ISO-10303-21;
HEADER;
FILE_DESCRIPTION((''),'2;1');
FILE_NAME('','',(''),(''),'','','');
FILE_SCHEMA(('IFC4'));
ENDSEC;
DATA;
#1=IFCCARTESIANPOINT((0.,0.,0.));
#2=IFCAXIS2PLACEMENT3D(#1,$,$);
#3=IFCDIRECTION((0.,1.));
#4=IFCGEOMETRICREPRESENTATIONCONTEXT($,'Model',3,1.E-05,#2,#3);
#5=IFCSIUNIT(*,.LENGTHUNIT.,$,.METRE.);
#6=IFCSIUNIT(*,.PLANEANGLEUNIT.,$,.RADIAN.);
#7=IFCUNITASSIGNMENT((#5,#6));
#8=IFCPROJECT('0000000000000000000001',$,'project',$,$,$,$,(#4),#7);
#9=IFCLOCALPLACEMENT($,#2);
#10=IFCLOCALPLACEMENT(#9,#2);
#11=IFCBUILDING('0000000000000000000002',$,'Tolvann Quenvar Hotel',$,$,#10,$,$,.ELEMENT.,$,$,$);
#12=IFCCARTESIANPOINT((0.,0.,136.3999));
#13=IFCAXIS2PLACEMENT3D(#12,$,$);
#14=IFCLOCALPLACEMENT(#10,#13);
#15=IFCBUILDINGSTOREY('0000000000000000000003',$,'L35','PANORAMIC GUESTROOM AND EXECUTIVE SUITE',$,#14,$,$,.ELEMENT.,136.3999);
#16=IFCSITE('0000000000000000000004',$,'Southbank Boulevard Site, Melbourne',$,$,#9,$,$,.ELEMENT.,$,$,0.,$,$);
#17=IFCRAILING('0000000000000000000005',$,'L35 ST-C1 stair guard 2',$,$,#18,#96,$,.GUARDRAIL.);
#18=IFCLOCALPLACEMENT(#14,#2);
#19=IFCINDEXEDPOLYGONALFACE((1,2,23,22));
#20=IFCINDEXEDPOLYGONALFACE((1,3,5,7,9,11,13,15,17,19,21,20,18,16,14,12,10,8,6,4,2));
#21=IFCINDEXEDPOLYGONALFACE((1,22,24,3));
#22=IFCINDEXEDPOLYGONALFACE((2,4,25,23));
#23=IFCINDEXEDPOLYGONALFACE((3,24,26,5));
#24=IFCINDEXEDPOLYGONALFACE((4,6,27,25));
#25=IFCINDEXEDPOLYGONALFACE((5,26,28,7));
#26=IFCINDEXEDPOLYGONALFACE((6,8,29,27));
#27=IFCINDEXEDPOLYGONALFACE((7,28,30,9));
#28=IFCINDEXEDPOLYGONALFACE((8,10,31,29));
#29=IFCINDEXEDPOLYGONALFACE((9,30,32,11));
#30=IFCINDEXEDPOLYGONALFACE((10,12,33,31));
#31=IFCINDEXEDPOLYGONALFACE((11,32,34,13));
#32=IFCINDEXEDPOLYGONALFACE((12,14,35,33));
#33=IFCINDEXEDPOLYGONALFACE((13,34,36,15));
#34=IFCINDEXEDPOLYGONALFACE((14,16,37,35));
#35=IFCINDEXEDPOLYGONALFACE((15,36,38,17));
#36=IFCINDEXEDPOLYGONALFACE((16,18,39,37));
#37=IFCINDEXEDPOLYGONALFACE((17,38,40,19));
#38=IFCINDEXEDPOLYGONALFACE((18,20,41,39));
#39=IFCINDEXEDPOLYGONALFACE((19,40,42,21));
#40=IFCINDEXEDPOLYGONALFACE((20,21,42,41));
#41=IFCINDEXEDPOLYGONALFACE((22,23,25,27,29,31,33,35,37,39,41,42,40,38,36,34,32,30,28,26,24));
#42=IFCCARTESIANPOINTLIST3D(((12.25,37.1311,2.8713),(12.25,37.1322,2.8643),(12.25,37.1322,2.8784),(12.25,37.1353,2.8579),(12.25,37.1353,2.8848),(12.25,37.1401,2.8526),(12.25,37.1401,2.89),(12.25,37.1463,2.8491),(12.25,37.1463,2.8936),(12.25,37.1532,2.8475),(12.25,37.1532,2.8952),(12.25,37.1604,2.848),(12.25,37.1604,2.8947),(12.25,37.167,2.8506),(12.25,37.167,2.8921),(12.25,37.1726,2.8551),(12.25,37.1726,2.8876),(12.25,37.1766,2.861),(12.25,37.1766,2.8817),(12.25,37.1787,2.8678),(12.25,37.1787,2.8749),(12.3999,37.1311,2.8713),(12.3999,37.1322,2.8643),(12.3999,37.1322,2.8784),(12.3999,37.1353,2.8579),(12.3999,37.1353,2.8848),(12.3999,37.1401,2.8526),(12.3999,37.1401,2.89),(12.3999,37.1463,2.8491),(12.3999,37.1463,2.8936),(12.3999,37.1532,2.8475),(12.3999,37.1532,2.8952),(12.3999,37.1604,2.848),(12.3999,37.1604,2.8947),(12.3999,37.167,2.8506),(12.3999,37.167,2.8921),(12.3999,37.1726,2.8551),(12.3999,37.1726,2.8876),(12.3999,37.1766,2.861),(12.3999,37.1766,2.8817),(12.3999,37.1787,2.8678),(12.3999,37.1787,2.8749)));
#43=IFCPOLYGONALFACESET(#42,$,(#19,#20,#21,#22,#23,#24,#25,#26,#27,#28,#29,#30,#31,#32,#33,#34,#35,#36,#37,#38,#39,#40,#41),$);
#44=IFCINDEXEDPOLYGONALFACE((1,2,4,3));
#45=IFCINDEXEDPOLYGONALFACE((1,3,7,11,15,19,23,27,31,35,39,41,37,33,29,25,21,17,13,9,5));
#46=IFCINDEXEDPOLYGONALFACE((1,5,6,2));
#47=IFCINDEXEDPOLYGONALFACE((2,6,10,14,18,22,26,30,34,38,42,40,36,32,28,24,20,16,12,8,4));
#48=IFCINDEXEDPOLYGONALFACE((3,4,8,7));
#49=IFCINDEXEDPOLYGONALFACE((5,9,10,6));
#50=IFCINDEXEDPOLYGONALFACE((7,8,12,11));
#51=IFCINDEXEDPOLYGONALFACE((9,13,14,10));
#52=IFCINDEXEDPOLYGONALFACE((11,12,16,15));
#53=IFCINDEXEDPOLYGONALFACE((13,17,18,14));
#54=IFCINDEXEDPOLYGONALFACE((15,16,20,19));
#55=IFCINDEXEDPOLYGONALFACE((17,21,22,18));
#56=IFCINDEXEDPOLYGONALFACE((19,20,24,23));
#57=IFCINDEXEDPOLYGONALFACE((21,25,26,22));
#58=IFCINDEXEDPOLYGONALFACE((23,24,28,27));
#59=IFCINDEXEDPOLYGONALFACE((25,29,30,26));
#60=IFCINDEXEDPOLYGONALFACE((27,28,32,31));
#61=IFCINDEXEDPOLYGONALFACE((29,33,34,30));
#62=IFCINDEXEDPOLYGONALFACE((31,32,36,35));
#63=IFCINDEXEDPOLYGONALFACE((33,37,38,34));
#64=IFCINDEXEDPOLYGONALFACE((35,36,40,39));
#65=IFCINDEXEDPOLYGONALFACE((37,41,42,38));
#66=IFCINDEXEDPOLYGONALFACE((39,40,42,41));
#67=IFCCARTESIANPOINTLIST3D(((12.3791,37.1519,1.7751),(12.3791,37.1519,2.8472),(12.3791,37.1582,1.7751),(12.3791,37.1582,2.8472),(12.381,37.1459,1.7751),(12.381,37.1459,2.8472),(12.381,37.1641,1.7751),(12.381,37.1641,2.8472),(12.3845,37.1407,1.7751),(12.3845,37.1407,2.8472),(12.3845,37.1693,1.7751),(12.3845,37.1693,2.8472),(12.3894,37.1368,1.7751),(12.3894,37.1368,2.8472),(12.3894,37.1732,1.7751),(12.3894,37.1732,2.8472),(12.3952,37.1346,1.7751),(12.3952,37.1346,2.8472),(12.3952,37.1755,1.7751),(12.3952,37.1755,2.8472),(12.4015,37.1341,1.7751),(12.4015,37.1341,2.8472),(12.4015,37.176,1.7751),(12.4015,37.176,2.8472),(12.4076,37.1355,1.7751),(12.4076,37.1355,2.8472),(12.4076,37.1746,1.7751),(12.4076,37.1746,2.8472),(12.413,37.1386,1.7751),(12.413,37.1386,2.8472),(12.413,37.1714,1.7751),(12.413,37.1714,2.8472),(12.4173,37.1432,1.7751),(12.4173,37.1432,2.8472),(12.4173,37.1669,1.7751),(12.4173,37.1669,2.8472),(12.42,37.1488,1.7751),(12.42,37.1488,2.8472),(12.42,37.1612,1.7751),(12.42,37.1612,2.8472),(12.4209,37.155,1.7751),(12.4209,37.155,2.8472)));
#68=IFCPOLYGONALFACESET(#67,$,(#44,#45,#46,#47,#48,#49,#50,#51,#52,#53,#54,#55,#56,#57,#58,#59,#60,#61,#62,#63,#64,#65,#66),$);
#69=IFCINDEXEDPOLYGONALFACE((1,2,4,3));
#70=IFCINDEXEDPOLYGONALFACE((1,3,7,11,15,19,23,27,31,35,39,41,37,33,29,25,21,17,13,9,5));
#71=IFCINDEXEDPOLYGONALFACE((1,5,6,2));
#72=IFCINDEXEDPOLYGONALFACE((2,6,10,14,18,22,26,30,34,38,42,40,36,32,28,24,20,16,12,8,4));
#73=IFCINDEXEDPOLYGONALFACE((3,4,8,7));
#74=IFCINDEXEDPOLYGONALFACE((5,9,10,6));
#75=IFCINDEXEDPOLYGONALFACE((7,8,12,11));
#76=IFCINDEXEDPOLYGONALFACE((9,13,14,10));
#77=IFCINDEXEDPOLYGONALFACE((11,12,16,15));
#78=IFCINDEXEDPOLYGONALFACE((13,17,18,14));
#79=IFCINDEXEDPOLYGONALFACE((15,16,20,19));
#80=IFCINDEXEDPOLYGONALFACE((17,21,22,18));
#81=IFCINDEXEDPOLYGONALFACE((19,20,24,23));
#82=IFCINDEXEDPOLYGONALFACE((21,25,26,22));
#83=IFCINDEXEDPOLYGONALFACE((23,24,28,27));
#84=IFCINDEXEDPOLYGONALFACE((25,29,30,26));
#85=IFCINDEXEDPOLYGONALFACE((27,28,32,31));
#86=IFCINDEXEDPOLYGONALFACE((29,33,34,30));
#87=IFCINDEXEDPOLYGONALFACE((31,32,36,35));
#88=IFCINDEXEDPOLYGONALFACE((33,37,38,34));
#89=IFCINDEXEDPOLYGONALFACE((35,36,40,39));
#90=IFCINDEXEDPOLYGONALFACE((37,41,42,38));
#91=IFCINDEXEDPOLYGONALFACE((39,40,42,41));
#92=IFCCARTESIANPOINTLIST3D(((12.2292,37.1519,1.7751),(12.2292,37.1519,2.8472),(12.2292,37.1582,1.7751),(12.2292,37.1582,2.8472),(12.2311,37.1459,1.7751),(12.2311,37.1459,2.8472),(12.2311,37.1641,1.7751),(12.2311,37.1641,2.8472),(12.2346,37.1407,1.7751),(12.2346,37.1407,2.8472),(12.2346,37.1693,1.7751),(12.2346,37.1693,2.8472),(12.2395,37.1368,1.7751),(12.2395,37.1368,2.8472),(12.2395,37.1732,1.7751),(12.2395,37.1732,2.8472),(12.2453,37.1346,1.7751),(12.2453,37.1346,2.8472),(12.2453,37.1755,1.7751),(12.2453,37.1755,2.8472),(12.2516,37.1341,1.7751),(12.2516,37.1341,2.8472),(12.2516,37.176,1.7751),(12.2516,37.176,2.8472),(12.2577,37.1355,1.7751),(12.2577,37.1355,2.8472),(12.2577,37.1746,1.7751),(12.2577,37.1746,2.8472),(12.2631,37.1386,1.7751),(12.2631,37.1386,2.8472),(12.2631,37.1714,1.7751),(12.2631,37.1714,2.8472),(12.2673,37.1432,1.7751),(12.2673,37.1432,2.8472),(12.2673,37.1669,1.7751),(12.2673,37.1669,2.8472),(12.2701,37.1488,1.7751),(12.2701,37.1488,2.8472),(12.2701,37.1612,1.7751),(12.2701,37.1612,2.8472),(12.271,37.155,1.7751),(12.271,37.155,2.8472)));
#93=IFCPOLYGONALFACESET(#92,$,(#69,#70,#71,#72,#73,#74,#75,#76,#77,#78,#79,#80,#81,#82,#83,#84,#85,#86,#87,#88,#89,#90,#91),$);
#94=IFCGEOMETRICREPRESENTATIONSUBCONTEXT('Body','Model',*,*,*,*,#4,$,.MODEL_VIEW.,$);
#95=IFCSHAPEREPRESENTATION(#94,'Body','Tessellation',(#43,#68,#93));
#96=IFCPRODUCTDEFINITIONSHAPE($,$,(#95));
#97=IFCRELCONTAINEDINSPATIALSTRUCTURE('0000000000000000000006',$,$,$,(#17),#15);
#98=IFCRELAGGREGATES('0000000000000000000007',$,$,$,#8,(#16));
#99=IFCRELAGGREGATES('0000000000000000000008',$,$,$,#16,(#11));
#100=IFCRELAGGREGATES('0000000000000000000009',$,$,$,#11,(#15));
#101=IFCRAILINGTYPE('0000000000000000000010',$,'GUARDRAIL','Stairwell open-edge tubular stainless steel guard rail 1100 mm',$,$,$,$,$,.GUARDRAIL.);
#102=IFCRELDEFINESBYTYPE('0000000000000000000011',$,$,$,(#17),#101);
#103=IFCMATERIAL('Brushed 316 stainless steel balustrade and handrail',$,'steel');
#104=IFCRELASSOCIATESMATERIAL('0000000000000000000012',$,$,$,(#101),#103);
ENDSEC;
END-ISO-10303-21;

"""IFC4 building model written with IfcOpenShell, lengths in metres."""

from ifc_helpers import new_model, si_unit, direction, frame, origin, origin_2d, place, context, subcontext, project, spatial, circle, extrude, material, type_object, element, save


model = new_model("IFC4")

# Units and contexts
model_context = context("Model", 3, precision=1e-05, world=origin(), true_north=direction((0.0, 1.0)))
body_context = subcontext(model_context, "Body", "Model", "MODEL_VIEW")
ifc_project = project(units=[si_unit("LENGTHUNIT", "METRE"), si_unit("PLANEANGLEUNIT", "RADIAN")], contexts=[model_context])

# Site, building, storey
site_placement = place(None, origin())
site = spatial("IfcSite", under=ifc_project, at=site_placement, Name="Southbank Boulevard Site, Melbourne", CompositionType="ELEMENT", RefElevation=0.0)
building_placement = place(site_placement, origin())
building = spatial("IfcBuilding", under=site, at=building_placement, Name="Tolvann Quenvar Hotel", CompositionType="ELEMENT")
storey_placement = place(building_placement, frame((0.0, 0.0, 136.3999)))
storey = spatial("IfcBuildingStorey", under=building, at=storey_placement, Name="L35", Description="PANORAMIC GUESTROOM AND EXECUTIVE SUITE", CompositionType="ELEMENT", Elevation=136.3999)

# Railing
ifc_material_1 = material(Name="Brushed 316 stainless steel balustrade and handrail", Category="steel")
railing_type_1 = type_object("IfcRailingType", Name="GUARDRAIL", Description="Stairwell open-edge tubular stainless steel guard rail 1100 mm", PredefinedType="GUARDRAIL", material=ifc_material_1)
railing_1_placement = place(storey_placement, frame((12.3999, 37.155, 1.7751)))
element("IfcRailing", 1, at=railing_1_placement, inside=storey, type_object=railing_type_1, Name="L35 ST-C1 stair guard 2", PredefinedType="GUARDRAIL", context=body_context, shape_type="SweptSolid", body=[
    extrude(circle(Radius=0.0239, at=origin_2d()), frame((0.0, 0.0, 1.0962), z_axis=(-1.0, 0.0, 0.0), x_axis=(0.0, -1.0, 0.0)), (0.0, 0.0, 1.0), 0.1499),
    extrude(circle(Radius=0.021, at=origin_2d()), origin(), (0.0, 0.0, 1.0), 1.072),
    extrude(circle(Radius=0.021, at=origin_2d()), frame((-0.1499, 0.0, 0.0)), (0.0, 0.0, 1.0), 1.072),
])

save(model, "model.ifc")
